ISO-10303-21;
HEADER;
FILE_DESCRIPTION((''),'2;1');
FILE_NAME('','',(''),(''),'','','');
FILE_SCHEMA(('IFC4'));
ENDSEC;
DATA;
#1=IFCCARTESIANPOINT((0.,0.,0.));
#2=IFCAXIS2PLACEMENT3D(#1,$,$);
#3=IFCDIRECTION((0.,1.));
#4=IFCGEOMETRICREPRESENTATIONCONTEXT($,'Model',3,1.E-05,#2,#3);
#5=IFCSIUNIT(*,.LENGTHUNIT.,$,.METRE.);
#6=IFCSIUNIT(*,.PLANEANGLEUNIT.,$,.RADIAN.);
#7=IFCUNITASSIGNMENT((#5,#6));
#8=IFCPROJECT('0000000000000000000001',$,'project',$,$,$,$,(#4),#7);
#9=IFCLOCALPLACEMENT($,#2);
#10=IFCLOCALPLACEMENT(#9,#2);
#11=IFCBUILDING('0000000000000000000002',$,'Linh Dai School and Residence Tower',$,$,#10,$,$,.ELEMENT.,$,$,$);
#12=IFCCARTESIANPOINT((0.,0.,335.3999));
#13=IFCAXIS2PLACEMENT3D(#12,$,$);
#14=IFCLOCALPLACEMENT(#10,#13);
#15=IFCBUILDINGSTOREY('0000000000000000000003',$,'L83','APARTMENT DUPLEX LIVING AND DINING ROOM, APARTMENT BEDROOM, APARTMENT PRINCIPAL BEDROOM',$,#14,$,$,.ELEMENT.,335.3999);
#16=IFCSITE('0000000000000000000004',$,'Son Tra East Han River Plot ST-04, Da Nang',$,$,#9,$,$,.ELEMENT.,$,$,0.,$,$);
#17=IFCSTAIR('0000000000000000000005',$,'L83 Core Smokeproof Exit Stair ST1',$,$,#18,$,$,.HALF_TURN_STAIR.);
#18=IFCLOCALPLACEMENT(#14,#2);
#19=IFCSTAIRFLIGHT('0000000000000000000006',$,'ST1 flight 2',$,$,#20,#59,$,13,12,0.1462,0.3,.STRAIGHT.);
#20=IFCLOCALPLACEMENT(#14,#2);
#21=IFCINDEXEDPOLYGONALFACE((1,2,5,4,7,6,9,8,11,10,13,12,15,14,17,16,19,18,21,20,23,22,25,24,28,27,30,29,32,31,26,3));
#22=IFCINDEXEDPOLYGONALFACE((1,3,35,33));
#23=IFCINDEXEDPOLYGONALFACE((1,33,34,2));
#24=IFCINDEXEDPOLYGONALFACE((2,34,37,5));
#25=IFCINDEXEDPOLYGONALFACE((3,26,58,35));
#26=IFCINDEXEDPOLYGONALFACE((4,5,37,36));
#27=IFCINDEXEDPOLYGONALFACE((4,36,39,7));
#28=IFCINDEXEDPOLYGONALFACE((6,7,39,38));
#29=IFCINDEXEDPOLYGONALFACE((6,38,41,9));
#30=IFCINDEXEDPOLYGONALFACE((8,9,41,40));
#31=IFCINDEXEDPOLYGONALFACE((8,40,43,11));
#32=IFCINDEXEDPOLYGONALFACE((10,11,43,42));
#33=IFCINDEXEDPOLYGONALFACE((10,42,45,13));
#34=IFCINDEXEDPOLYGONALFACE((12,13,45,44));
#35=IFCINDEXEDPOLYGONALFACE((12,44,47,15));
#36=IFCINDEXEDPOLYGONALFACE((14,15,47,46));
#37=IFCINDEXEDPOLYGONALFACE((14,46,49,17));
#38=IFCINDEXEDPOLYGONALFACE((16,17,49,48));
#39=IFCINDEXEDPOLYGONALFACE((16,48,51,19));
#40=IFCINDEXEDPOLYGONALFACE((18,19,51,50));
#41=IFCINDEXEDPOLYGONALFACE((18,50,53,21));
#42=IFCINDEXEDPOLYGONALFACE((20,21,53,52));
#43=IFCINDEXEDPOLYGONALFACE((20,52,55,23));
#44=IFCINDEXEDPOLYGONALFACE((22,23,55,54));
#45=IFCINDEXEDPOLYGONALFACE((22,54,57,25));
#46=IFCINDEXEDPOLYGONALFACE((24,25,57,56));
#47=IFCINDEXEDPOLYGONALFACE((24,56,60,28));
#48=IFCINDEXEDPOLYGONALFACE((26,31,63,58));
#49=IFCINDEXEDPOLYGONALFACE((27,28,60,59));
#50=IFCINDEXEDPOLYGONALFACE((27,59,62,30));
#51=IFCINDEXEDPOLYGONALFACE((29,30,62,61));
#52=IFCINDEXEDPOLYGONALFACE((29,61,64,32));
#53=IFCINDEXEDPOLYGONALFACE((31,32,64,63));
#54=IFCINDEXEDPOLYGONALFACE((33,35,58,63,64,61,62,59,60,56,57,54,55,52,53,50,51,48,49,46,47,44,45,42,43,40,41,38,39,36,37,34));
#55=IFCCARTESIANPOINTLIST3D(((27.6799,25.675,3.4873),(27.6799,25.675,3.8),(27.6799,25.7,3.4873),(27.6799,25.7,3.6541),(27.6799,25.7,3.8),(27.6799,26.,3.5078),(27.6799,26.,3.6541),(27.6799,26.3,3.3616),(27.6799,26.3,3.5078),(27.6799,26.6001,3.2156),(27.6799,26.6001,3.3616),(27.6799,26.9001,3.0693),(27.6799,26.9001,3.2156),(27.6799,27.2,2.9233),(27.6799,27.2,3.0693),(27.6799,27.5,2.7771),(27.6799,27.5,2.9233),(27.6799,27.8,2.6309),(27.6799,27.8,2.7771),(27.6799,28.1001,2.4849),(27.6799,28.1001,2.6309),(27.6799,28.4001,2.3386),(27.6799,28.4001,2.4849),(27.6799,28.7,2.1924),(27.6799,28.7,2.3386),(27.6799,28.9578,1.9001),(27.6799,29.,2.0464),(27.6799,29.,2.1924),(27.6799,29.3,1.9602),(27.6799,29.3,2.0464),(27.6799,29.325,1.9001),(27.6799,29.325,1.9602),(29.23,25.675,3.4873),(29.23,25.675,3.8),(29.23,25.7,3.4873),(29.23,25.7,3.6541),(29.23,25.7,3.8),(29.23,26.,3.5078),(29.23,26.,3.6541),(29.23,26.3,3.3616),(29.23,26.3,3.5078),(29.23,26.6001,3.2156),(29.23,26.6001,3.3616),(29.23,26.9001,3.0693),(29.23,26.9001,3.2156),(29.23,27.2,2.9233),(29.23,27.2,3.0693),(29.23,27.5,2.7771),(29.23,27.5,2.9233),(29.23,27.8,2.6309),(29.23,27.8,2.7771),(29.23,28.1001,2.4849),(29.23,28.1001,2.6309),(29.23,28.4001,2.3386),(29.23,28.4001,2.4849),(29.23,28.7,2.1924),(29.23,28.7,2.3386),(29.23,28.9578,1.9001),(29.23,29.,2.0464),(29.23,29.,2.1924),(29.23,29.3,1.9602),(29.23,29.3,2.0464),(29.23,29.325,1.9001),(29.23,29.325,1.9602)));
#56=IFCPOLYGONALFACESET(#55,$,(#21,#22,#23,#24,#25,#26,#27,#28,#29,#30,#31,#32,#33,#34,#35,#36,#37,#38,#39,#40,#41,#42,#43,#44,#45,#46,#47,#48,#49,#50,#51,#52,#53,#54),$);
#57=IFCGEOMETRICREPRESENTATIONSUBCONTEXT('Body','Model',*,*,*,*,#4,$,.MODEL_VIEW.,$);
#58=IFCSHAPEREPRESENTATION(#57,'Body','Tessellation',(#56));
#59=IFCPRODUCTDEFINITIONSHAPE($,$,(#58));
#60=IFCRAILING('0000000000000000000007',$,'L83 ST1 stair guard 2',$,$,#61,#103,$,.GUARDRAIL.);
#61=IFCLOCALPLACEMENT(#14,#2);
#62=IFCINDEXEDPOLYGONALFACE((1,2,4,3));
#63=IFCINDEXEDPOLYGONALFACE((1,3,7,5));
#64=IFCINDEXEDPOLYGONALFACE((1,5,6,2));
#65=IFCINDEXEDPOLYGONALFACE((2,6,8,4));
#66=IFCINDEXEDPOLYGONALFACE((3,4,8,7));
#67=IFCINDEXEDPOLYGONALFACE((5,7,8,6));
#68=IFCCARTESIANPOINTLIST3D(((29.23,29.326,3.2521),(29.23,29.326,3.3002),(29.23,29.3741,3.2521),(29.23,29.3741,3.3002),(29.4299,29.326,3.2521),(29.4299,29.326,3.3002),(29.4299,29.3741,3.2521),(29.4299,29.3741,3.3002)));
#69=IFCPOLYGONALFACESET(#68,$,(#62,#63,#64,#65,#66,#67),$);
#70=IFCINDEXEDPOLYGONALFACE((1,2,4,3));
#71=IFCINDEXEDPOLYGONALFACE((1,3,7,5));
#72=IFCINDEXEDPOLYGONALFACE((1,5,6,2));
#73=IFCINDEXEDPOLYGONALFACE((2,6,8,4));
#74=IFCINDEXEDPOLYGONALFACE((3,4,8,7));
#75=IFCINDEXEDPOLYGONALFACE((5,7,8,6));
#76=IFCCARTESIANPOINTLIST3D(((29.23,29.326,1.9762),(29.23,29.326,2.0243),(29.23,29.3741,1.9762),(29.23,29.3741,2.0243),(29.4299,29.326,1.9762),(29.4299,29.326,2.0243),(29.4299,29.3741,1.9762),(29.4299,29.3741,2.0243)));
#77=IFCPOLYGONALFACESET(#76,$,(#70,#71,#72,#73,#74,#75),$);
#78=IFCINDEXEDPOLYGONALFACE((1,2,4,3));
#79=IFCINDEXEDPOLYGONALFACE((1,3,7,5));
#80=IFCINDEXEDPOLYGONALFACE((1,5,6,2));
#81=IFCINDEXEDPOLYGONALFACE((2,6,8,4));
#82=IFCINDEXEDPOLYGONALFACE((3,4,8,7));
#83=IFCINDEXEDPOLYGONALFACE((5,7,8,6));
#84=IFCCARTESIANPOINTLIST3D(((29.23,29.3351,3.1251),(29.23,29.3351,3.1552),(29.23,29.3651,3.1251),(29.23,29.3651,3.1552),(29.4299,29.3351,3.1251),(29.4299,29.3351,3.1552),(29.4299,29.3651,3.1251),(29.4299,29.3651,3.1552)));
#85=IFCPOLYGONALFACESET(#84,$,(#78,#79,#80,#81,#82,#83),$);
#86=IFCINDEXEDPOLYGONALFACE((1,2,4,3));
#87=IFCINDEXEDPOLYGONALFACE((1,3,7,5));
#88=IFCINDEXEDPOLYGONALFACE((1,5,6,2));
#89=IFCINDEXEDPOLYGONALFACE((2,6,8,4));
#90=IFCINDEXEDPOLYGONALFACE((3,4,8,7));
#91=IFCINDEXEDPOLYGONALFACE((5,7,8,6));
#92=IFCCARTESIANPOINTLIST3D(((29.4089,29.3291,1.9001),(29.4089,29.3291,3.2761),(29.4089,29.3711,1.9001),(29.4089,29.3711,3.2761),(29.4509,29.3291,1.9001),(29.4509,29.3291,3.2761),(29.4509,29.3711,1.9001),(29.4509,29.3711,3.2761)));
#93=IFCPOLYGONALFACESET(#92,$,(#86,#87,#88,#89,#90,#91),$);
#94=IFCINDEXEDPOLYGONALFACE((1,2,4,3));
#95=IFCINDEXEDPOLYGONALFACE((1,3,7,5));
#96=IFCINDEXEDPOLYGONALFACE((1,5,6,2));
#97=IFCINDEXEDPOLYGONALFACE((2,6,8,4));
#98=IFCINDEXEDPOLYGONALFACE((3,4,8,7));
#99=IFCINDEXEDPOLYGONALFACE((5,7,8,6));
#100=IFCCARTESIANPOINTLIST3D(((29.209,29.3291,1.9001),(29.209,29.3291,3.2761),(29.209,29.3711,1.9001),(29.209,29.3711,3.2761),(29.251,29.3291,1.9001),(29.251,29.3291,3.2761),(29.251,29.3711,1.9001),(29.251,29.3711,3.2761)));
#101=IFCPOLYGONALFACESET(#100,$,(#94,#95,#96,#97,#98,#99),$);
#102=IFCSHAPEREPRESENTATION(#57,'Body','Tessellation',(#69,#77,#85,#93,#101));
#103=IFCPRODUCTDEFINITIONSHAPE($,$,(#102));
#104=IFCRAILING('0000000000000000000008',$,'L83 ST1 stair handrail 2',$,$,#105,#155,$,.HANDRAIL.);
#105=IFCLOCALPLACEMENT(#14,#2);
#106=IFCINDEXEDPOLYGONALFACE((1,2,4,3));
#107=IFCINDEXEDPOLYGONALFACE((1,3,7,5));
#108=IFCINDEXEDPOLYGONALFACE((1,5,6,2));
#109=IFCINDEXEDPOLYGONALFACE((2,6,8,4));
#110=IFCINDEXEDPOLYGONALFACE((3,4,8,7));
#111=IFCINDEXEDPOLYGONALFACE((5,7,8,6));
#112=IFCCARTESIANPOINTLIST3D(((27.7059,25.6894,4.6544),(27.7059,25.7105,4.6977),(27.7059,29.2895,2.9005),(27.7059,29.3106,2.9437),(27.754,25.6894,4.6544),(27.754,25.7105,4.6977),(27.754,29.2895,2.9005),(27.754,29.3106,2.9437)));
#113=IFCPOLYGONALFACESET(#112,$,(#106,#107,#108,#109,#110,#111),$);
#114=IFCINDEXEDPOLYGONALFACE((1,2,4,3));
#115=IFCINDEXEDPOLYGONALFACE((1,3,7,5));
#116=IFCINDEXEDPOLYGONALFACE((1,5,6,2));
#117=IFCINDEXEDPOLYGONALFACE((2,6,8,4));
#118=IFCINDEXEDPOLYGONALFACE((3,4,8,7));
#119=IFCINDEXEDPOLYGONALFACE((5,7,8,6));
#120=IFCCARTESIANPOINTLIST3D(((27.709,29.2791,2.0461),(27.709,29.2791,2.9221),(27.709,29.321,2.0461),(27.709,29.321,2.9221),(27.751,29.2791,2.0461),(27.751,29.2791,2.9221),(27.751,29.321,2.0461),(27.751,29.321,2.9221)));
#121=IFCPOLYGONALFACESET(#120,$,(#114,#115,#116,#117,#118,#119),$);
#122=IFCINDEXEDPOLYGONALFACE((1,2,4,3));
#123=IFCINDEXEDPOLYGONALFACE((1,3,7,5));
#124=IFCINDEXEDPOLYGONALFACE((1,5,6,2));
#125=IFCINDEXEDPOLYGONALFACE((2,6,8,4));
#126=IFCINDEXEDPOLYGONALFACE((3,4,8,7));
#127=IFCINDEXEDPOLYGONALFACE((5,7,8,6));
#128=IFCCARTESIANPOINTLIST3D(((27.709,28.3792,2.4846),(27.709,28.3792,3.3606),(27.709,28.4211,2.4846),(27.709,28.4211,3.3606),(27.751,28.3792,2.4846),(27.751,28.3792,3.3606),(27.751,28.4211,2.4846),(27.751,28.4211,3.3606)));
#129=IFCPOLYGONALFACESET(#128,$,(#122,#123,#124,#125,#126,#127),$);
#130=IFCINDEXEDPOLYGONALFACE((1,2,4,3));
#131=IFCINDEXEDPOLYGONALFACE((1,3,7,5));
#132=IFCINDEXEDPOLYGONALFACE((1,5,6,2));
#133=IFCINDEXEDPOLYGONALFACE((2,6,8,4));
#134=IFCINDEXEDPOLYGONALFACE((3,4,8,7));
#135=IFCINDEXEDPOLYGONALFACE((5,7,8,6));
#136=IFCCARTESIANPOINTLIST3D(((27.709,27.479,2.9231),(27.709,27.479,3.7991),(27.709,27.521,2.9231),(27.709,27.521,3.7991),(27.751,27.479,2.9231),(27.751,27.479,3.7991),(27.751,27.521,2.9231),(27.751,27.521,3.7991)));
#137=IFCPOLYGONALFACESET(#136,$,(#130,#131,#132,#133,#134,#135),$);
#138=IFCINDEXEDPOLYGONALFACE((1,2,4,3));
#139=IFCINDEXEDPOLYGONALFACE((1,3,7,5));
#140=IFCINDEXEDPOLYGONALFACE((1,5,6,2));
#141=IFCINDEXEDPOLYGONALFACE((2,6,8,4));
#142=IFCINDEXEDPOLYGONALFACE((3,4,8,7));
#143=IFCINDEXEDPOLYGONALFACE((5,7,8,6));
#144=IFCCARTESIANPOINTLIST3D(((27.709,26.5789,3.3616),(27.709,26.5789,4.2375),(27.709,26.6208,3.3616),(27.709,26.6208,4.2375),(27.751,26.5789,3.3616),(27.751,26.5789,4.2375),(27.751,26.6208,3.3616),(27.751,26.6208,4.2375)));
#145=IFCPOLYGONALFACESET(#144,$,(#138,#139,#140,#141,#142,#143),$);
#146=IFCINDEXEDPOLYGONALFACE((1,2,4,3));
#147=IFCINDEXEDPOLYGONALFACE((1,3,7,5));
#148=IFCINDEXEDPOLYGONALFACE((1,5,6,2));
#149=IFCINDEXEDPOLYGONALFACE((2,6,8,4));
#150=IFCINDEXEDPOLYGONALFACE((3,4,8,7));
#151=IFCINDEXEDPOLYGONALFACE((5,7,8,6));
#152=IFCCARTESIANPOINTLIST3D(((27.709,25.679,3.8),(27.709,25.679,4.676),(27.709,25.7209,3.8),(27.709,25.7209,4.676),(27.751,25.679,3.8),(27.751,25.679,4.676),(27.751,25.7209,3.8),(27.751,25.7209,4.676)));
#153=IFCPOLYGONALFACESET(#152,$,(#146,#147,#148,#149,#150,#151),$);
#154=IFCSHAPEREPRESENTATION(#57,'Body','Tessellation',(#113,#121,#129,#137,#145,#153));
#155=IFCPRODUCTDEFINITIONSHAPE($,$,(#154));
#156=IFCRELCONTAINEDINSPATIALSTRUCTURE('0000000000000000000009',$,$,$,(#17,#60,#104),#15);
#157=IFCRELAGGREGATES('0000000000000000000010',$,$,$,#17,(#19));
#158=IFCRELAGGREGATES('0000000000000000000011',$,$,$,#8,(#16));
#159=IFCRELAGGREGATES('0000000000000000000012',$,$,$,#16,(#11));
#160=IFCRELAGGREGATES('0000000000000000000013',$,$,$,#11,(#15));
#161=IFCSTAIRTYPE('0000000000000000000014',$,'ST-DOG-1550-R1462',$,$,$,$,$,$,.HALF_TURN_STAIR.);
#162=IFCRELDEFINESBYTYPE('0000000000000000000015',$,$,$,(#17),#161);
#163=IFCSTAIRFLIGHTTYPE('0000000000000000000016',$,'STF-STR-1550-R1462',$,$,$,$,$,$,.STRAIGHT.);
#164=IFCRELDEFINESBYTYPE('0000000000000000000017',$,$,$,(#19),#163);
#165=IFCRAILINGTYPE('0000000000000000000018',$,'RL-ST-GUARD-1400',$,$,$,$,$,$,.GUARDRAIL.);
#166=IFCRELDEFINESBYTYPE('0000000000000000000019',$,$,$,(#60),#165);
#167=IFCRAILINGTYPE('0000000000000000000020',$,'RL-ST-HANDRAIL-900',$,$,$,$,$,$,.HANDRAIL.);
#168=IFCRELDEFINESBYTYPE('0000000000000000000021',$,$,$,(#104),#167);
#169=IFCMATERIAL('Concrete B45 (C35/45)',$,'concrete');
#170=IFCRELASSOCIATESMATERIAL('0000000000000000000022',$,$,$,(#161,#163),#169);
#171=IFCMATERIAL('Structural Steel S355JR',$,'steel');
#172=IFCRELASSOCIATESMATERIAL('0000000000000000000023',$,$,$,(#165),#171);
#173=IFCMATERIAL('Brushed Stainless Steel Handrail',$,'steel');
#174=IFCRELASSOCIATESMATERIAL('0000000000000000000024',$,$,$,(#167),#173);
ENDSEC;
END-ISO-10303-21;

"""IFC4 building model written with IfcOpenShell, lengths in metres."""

from ifc_helpers import new_model, si_unit, direction, frame, origin, origin_2d, place, context, subcontext, project, spatial, polyline, rectangle, outline, extrude, source, transform, mapped, material, type_object, element, aggregate, save


model = new_model("IFC4")

# Units and contexts
model_context = context("Model", 3, precision=1e-05, world=origin(), true_north=direction((0.0, 1.0)))
body_context = subcontext(model_context, "Body", "Model", "MODEL_VIEW")
ifc_project = project(units=[si_unit("LENGTHUNIT", "METRE"), si_unit("PLANEANGLEUNIT", "RADIAN")], contexts=[model_context])

# Site, building, storey
site_placement = place(None, origin())
site = spatial("IfcSite", under=ifc_project, at=site_placement, Name="Son Tra East Han River Plot ST-04, Da Nang", CompositionType="ELEMENT", RefElevation=0.0)
building_placement = place(site_placement, origin())
building = spatial("IfcBuilding", under=site, at=building_placement, Name="Linh Dai School and Residence Tower", CompositionType="ELEMENT")
storey_placement = place(building_placement, frame((0.0, 0.0, 335.3999)))
storey = spatial("IfcBuildingStorey", under=building, at=storey_placement, Name="L83", Description="APARTMENT DUPLEX LIVING AND DINING ROOM, APARTMENT BEDROOM, APARTMENT PRINCIPAL BEDROOM", CompositionType="ELEMENT", Elevation=335.3999)

# Shared definitions
ifc_material_1 = material(Name="Structural Steel S355JR", Category="steel")

# Shared definitions
ifc_material_2 = material(Name="Concrete B45 (C35/45)", Category="concrete")

# Stair, stair flight
stair_type = type_object("IfcStairType", Name="ST-DOG-1550-R1462", PredefinedType="HALF_TURN_STAIR", material=ifc_material_2)
stair_placement = place(storey_placement, origin())
stair = element("IfcStair", 1, at=stair_placement, inside=storey, type_object=stair_type, Name="L83 Core Smokeproof Exit Stair ST1", PredefinedType="HALF_TURN_STAIR")
stair_flight_type = type_object("IfcStairFlightType", Name="STF-STR-1550-R1462", PredefinedType="STRAIGHT", material=ifc_material_2)
shared_shape_1 = source(origin(), body_context, "Body", "SweptSolid", [
    extrude(outline(polyline([(-0.0249, 0.0), (-0.0249, 0.0601), (0.0, 0.0601), (0.0, 0.1462), (0.3, 0.1462), (0.3, 0.2922), (0.6001, 0.2922), (0.6001, 0.4385), (0.8999, 0.4385), (0.8999, 0.5847), (1.2, 0.5847), (1.2, 0.7307), (1.5, 0.7307), (1.5, 0.877), (1.8, 0.877), (1.8, 1.0232), (2.1001, 1.0232), (2.1001, 1.1692), (2.3999, 1.1692), (2.3999, 1.3154), (2.7, 1.3154), (2.7, 1.4614), (3.0, 1.4614), (3.0, 1.6077), (3.3, 1.6077), (3.3, 1.7539), (3.6001, 1.7539), (3.6001, 1.8999), (3.625, 1.8999), (3.625, 1.5872), (3.6001, 1.5872), (0.3423, 0.0), (-0.0249, 0.0)])), frame((0.0, 0.7749, 0.0), z_axis=(0.0, -1.0, 0.0), x_axis=(1.0, 0.0, 0.0)), (0.0, 0.0, 1.0), 1.55),
])
stair_flight_placement = place(storey_placement, frame((28.4551, 29.3, 1.9001), z_axis=(0.0, 0.0, 1.0), x_axis=(0.0, -1.0, 0.0)))
stair_flight = element("IfcStairFlight", 2, at=stair_flight_placement, type_object=stair_flight_type, Name="ST1 flight 2", NumberOfRisers=13, NumberOfTreads=12, PredefinedType="STRAIGHT", RiserHeight=0.1462, TreadLength=0.3, context=body_context, shape_type="MappedRepresentation", body=[
    mapped(shared_shape_1, transform((0.0, 0.0, 0.0), x_axis=(1.0, 0.0, 0.0), y_axis=(0.0, 1.0, 0.0), z_axis=(0.0, 0.0, 1.0), scale=1.0)),
])
aggregate(stair, [stair_flight])

# Railings
railing_type_1 = type_object("IfcRailingType", Name="RL-ST-GUARD-1400", PredefinedType="GUARDRAIL", material=ifc_material_1)
shared_shape_2 = source(origin(), body_context, "Body", "SweptSolid", [
    extrude(rectangle(XDim=0.0481, YDim=0.0481, at=origin_2d()), frame((0.0, 0.0, 1.376), z_axis=(-1.0, 0.0, 0.0), x_axis=(0.0, -1.0, 0.0)), (0.0, 0.0, 1.0), 0.2),
    extrude(rectangle(XDim=0.0481, YDim=0.0481, at=origin_2d()), frame((0.0, 0.0, 0.1001), z_axis=(-1.0, 0.0, 0.0), x_axis=(0.0, -1.0, 0.0)), (0.0, 0.0, 1.0), 0.2),
    extrude(rectangle(XDim=0.03, YDim=0.03, at=origin_2d()), frame((0.0, 0.0, 1.24), z_axis=(-1.0, 0.0, 0.0), x_axis=(0.0, -1.0, 0.0)), (0.0, 0.0, 1.0), 0.2),
    extrude(rectangle(XDim=0.042, YDim=0.042, at=origin_2d()), origin(), (0.0, 0.0, 1.0), 1.376),
    extrude(rectangle(XDim=0.042, YDim=0.042, at=origin_2d()), frame((-0.2, 0.0, 0.0)), (0.0, 0.0, 1.0), 1.376),
])
railing_1_placement = place(storey_placement, frame((29.4299, 29.3501, 1.9001)))
element("IfcRailing", 3, at=railing_1_placement, inside=storey, type_object=railing_type_1, Name="L83 ST1 stair guard 2", PredefinedType="GUARDRAIL", context=body_context, shape_type="MappedRepresentation", body=[
    mapped(shared_shape_2, transform((0.0, 0.0, 0.0), x_axis=(1.0, 0.0, 0.0), y_axis=(0.0, 1.0, 0.0), z_axis=(0.0, 0.0, 1.0), scale=1.0)),
])
ifc_material_3 = material(Name="Brushed Stainless Steel Handrail", Category="steel")
railing_type_2 = type_object("IfcRailingType", Name="RL-ST-HANDRAIL-900", PredefinedType="HANDRAIL", material=ifc_material_3)
shared_shape_3 = source(origin(), body_context, "Body", "SweptSolid", [
    extrude(rectangle(XDim=0.0481, YDim=0.0481, at=origin_2d()), frame((0.0, 0.0, 0.876), z_axis=(0.0, -0.898989, 0.437972), x_axis=(1.0, 0.0, 0.0)), (0.0, 0.0, 1.0), 4.0046),
    extrude(rectangle(XDim=0.042, YDim=0.042, at=origin_2d()), origin(), (0.0, 0.0, 1.0), 0.876),
    extrude(rectangle(XDim=0.042, YDim=0.042, at=origin_2d()), frame((0.0, -0.8999, 0.4385)), (0.0, 0.0, 1.0), 0.876),
    extrude(rectangle(XDim=0.042, YDim=0.042, at=origin_2d()), frame((0.0, -1.8, 0.877)), (0.0, 0.0, 1.0), 0.876),
    extrude(rectangle(XDim=0.042, YDim=0.042, at=origin_2d()), frame((0.0, -2.7002, 1.3154)), (0.0, 0.0, 1.0), 0.876),
    extrude(rectangle(XDim=0.042, YDim=0.042, at=origin_2d()), frame((0.0, -3.6001, 1.7539)), (0.0, 0.0, 1.0), 0.876),
])
railing_2_placement = place(storey_placement, frame((27.73, 29.3, 2.0461)))
element("IfcRailing", 4, at=railing_2_placement, inside=storey, type_object=railing_type_2, Name="L83 ST1 stair handrail 2", PredefinedType="HANDRAIL", context=body_context, shape_type="MappedRepresentation", body=[
    mapped(shared_shape_3, transform((0.0, 0.0, 0.0), x_axis=(1.0, 0.0, 0.0), y_axis=(0.0, 1.0, 0.0), z_axis=(0.0, 0.0, 1.0), scale=1.0)),
])

save(model, "model.ifc")
